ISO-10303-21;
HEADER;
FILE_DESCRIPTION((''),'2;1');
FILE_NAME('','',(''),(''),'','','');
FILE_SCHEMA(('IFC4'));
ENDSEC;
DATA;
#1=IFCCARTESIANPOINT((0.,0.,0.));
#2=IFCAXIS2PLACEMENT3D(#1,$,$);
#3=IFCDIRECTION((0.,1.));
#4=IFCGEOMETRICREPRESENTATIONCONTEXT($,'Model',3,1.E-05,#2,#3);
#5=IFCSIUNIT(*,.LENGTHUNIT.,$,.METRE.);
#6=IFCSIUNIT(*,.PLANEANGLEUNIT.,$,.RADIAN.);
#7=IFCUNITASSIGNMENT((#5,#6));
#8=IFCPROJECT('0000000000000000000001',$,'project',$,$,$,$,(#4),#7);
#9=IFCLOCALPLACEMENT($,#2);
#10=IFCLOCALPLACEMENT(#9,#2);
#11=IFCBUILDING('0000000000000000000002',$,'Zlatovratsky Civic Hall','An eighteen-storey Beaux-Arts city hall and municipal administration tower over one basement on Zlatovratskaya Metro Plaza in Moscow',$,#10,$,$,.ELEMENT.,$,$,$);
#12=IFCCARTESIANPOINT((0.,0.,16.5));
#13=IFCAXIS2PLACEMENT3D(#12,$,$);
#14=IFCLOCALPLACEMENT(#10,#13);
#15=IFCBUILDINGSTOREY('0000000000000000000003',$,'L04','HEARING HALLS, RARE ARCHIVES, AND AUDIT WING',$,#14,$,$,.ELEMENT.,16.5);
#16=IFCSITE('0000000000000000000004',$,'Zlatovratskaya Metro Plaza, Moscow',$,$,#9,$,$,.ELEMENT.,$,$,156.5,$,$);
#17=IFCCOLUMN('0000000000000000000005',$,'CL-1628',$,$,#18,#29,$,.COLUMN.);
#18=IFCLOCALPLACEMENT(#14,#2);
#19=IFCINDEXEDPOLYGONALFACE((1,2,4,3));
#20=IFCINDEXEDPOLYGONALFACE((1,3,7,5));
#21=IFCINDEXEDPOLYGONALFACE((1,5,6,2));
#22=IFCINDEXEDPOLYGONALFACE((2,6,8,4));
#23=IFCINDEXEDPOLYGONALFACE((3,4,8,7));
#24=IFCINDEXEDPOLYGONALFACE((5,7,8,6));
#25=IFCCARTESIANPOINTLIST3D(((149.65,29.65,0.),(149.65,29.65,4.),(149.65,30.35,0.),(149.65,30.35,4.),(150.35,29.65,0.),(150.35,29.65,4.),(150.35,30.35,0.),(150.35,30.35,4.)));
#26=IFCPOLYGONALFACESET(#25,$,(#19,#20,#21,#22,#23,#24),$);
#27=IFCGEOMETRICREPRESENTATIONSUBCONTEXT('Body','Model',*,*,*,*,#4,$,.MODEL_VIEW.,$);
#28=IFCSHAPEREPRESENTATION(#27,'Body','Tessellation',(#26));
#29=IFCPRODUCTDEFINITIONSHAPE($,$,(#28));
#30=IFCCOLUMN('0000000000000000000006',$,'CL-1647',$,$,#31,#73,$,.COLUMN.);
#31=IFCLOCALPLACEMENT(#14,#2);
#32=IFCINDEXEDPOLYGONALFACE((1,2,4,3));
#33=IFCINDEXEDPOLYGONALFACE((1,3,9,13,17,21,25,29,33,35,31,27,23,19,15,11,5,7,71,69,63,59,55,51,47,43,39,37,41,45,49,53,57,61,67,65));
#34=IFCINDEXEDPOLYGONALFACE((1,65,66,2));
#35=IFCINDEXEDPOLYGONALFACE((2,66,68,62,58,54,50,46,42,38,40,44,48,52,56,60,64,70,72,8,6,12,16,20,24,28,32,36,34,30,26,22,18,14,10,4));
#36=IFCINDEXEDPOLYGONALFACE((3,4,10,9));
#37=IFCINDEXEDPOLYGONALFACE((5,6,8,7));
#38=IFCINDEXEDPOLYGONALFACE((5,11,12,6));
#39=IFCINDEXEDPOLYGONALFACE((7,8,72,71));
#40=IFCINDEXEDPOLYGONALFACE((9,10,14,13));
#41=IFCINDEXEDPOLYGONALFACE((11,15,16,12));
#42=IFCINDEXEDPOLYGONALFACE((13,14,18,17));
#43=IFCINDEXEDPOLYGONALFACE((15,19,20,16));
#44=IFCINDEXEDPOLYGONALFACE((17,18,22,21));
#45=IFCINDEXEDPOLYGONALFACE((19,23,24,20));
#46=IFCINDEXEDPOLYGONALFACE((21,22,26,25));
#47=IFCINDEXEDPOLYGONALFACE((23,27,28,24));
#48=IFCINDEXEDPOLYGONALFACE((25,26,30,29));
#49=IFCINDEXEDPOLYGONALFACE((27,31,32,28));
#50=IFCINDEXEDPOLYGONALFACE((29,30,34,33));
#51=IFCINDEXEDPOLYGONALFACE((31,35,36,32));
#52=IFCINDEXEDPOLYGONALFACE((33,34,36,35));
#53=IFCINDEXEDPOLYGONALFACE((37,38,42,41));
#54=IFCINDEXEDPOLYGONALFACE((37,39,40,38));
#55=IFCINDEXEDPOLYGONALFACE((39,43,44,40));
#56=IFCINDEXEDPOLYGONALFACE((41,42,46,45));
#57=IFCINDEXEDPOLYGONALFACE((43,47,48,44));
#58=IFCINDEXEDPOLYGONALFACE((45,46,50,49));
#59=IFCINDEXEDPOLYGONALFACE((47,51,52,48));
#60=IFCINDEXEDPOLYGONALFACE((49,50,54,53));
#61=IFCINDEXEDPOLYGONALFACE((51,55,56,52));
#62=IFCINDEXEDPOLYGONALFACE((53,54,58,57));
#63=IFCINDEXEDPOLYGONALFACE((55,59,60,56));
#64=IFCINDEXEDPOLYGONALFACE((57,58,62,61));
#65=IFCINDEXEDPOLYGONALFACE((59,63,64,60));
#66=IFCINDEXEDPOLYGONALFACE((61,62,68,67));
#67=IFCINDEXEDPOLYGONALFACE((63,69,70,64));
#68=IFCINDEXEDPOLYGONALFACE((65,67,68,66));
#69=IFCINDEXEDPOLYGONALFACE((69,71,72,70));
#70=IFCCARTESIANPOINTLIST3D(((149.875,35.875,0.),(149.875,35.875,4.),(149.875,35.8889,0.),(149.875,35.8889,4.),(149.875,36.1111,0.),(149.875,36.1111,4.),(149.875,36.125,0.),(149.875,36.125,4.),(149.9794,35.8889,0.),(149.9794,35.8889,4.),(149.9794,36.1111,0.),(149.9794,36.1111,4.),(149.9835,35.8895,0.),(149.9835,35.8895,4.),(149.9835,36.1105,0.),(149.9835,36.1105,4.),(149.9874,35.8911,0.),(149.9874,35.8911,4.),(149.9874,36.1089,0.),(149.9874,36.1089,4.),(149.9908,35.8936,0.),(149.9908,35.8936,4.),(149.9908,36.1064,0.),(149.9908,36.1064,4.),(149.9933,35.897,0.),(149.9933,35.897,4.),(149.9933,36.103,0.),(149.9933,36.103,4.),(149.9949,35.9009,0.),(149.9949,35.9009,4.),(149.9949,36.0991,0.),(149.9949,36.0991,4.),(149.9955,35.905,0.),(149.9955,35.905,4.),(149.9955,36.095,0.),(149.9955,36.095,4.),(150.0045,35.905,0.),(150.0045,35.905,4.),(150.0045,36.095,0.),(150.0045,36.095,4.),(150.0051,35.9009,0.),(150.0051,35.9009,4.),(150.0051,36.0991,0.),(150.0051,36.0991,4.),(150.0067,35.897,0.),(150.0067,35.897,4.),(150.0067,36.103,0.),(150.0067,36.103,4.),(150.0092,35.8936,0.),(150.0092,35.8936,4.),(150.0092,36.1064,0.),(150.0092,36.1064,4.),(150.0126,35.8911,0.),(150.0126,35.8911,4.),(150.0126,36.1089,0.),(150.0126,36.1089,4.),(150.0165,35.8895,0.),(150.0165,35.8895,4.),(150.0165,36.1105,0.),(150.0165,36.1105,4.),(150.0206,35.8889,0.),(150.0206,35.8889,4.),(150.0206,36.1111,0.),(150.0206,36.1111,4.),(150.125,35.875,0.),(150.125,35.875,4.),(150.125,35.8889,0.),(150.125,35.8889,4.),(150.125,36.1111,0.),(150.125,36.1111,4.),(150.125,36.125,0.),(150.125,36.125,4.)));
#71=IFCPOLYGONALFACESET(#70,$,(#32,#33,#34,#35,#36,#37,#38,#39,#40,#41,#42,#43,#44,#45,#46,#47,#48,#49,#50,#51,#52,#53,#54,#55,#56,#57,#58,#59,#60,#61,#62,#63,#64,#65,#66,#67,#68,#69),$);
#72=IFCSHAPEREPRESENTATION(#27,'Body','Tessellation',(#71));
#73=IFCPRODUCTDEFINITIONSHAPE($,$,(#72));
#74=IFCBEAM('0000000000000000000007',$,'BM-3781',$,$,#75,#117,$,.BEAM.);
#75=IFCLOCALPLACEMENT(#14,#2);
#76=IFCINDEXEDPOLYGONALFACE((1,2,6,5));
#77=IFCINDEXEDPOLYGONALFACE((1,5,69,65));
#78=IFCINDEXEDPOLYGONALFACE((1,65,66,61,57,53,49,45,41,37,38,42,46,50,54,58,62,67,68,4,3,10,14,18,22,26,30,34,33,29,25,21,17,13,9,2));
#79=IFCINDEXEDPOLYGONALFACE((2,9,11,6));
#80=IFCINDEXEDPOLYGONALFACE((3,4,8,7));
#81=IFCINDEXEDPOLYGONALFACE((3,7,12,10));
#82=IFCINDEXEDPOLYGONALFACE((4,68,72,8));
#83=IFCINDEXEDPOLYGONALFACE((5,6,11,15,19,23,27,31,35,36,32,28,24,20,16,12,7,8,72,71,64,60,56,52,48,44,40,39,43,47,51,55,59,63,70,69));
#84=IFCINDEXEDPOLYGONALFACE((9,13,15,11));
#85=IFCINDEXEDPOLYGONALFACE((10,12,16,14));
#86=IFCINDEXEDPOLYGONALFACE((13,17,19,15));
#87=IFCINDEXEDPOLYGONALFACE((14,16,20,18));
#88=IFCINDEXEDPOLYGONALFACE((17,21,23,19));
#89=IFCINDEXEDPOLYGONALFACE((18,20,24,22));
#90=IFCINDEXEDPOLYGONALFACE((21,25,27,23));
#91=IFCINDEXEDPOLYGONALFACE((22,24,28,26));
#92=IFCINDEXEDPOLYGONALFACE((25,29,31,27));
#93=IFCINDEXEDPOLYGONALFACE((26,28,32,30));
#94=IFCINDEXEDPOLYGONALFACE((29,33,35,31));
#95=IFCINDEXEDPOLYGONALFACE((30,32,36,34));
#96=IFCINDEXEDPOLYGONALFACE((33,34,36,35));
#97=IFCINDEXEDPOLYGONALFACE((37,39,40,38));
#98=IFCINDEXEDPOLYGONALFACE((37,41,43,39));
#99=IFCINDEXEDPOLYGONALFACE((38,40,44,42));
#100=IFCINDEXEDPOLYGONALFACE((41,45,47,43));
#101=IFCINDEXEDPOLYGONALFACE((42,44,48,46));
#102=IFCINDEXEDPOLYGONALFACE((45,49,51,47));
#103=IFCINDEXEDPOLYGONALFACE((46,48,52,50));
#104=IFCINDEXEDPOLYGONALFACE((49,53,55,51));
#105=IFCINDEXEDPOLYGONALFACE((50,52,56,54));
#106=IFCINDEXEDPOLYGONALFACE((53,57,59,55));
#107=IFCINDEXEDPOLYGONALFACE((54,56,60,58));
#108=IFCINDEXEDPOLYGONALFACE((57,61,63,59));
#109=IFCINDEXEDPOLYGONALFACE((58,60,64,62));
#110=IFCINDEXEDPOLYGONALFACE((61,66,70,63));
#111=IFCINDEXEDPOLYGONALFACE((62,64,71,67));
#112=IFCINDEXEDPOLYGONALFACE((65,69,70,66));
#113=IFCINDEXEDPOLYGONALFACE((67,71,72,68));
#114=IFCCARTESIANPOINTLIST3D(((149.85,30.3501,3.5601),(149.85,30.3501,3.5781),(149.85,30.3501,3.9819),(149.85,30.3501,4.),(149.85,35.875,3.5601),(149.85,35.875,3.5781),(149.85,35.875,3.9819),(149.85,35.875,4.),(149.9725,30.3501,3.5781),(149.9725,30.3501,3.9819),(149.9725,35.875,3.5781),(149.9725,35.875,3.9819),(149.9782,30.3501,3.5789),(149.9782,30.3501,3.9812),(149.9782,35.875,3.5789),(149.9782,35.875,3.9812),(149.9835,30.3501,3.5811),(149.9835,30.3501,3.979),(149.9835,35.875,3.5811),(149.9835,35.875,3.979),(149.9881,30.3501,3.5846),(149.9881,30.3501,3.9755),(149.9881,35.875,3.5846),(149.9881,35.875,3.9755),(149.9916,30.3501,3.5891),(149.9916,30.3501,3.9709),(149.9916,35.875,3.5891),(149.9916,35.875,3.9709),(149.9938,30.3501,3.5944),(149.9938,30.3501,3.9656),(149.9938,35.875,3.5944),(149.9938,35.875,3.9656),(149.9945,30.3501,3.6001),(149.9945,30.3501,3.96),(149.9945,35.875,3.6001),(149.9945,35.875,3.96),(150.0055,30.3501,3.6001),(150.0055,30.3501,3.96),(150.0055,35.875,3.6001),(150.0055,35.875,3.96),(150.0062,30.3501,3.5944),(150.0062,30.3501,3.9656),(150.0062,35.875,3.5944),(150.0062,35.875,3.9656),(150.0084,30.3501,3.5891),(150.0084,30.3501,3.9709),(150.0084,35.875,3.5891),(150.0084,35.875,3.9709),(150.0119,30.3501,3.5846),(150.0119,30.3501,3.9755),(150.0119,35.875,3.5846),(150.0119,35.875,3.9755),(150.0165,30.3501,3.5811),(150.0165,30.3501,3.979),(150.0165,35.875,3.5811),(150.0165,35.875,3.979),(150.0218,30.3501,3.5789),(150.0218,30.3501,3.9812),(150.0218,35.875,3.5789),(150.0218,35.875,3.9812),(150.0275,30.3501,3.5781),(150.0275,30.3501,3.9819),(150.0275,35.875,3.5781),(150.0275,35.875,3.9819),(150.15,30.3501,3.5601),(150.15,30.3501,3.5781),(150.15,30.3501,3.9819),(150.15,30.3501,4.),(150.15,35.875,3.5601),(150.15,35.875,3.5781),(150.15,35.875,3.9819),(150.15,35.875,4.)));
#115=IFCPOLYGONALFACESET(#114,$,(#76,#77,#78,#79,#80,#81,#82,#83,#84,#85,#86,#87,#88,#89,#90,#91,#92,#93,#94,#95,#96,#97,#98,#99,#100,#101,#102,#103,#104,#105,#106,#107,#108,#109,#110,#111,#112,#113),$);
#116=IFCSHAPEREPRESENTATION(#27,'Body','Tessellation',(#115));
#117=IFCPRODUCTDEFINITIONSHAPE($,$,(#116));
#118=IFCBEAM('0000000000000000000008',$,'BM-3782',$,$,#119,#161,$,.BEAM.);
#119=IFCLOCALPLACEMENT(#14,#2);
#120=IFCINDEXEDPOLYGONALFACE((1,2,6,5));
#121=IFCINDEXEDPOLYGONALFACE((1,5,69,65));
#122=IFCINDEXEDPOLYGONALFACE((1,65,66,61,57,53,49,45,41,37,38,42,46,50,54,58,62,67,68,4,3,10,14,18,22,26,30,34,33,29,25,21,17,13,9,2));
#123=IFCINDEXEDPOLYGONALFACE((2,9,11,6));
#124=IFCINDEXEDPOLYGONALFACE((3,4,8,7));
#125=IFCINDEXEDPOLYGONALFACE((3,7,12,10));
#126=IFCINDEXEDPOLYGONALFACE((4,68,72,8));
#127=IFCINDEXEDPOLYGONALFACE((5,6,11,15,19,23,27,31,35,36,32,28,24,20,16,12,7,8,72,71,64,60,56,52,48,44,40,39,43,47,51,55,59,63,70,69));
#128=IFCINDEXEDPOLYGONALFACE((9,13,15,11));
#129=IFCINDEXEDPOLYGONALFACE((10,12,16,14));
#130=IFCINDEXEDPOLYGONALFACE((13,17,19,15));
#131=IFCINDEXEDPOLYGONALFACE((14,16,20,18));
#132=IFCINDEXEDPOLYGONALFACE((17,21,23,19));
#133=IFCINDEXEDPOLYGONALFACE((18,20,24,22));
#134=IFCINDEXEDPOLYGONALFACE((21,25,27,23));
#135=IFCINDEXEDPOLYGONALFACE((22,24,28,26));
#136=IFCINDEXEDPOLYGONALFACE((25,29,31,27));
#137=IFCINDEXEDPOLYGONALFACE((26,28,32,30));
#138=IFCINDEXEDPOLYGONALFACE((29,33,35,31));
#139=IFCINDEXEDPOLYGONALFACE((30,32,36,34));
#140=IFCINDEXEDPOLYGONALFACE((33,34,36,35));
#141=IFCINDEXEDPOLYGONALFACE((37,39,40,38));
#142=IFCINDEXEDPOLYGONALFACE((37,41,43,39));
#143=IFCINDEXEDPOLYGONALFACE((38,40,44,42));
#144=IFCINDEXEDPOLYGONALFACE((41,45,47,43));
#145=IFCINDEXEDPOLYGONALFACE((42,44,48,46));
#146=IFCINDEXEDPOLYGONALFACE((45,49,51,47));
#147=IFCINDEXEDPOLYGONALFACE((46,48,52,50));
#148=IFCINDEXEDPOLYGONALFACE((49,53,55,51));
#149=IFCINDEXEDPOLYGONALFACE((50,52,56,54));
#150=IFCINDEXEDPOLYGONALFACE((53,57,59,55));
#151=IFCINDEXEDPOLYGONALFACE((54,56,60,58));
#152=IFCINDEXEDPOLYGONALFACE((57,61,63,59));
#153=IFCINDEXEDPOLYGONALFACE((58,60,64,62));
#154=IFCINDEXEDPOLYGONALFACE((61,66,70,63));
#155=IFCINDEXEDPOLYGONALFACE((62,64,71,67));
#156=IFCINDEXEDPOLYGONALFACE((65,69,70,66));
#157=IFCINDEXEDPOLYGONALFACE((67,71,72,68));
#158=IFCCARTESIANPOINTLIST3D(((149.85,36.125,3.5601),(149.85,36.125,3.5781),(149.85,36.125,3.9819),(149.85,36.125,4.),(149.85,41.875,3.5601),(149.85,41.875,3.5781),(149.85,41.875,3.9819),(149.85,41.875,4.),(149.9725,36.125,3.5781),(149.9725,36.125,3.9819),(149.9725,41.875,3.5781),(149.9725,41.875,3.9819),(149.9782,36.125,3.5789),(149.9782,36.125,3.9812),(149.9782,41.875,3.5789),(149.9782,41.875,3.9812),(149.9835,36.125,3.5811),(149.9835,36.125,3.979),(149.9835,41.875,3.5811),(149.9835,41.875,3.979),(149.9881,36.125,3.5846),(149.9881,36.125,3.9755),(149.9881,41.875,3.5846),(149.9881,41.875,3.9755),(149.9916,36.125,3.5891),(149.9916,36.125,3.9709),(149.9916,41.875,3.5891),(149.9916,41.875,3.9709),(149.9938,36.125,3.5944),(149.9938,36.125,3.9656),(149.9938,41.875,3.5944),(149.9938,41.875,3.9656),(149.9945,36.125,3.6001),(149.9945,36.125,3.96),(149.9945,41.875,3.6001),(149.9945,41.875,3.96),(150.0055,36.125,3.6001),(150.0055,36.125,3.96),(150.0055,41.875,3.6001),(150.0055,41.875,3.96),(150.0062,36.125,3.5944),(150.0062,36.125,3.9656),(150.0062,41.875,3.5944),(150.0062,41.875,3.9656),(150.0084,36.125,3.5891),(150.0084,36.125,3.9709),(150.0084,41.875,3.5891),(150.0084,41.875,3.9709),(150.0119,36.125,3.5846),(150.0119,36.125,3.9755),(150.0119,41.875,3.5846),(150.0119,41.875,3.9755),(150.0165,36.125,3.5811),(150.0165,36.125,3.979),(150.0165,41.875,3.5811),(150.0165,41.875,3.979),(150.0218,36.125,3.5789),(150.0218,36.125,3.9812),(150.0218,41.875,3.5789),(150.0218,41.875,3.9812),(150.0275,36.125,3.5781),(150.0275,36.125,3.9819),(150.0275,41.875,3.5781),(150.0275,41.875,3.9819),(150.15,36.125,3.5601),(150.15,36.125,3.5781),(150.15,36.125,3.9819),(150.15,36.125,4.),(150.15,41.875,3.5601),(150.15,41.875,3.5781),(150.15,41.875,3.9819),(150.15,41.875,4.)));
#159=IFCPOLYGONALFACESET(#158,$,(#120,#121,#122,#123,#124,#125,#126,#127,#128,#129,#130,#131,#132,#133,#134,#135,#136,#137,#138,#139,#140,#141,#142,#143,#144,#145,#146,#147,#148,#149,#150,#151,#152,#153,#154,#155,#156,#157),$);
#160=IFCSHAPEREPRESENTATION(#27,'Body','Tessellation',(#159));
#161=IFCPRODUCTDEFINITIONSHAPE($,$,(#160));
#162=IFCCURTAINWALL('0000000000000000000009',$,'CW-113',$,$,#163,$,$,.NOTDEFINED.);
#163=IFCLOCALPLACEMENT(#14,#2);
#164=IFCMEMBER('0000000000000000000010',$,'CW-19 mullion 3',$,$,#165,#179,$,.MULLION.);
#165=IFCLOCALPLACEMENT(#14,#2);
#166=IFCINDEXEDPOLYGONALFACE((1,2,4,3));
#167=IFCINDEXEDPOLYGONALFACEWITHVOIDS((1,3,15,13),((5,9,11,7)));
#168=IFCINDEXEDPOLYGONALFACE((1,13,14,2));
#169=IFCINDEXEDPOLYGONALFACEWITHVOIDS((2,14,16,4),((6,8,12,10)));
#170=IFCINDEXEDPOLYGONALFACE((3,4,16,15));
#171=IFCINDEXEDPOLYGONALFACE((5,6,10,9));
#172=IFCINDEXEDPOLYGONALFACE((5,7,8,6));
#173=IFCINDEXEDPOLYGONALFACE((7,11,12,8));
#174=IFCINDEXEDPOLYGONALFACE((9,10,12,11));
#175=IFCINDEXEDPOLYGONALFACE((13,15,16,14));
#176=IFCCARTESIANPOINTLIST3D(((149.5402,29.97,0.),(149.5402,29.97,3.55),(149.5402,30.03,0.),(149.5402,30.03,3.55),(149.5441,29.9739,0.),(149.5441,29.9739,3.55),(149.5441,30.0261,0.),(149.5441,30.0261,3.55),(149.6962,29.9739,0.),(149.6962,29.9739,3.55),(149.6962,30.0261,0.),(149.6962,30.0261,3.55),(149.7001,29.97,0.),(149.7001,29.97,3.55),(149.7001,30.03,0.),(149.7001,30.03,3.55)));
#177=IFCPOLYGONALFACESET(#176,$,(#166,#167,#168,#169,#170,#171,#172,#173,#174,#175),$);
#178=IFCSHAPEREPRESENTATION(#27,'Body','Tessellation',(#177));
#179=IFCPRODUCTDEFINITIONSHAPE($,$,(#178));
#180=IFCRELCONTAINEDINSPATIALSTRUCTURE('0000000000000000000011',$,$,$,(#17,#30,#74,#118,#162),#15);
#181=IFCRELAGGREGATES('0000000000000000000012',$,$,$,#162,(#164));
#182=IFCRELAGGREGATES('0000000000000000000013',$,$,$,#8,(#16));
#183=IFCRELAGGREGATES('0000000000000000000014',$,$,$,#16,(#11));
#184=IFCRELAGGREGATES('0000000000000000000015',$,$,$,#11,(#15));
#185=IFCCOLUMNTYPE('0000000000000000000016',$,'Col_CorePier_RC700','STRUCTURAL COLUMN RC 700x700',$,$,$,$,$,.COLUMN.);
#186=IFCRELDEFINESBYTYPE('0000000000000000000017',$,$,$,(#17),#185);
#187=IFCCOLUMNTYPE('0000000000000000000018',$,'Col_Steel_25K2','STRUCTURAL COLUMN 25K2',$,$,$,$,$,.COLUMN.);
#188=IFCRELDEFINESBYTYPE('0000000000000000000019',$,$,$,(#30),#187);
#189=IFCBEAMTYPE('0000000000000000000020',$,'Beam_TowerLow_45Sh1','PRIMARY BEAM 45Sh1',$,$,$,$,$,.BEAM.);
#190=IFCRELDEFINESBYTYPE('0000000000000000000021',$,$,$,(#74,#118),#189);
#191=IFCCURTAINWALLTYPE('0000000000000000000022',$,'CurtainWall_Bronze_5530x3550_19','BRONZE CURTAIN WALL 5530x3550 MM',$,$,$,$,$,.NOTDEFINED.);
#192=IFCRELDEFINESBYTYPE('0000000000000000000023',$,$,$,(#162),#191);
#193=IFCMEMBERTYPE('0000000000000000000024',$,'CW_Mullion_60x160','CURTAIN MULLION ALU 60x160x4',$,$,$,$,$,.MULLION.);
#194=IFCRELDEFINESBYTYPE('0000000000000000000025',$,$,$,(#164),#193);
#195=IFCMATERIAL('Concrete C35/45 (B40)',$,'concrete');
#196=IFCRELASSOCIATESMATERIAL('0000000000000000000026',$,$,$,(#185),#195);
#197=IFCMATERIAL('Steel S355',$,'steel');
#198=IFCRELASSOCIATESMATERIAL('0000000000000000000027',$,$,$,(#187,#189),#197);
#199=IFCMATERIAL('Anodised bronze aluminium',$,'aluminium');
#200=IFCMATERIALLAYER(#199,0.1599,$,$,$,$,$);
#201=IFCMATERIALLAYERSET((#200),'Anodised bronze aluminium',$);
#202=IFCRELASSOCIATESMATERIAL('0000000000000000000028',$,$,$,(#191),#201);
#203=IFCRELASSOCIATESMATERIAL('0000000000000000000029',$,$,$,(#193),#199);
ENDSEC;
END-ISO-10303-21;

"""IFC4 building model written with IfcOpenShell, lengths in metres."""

from ifc_helpers import new_model, si_unit, direction, frame, origin, origin_2d, place, context, subcontext, project, spatial, rectangle, hollow_rectangle, i_section, extrude, material, layer, layer_set, material_profile, profile_set, type_object, element, aggregate, save


model = new_model("IFC4")

# Units and contexts
model_context = context("Model", 3, precision=1e-05, world=origin(), true_north=direction((0.0, 1.0)))
body_context = subcontext(model_context, "Body", "Model", "MODEL_VIEW")
ifc_project = project(units=[si_unit("LENGTHUNIT", "METRE"), si_unit("PLANEANGLEUNIT", "RADIAN")], contexts=[model_context])

# Site, building, storey
site_placement = place(None, origin())
site = spatial("IfcSite", under=ifc_project, at=site_placement, Name="Zlatovratskaya Metro Plaza, Moscow", CompositionType="ELEMENT", RefElevation=156.5)
building_placement = place(site_placement, origin())
building = spatial("IfcBuilding", under=site, at=building_placement, Name="Zlatovratsky Civic Hall", Description="An eighteen-storey Beaux-Arts city hall and municipal administration tower over one basement on Zlatovratskaya Metro Plaza in Moscow", CompositionType="ELEMENT")
storey_placement = place(building_placement, frame((0.0, 0.0, 16.5)))
storey = spatial("IfcBuildingStorey", under=building, at=storey_placement, Name="L04", Description="HEARING HALLS, RARE ARCHIVES, AND AUDIT WING", CompositionType="ELEMENT", Elevation=16.5)

# Columns
ifc_material_1 = material(Name="Concrete C35/45 (B40)", Category="concrete")
ifc_material_profile_1 = material_profile(ifc_material_1, rectangle(XDim=0.7, YDim=0.7, at=origin_2d()), Name="RC 700x700")
ifc_profile_set_1 = profile_set([ifc_material_profile_1], Name="Concrete C35/45 (B40)")
column_type_1 = type_object("IfcColumnType", Name="Col_CorePier_RC700", Description="STRUCTURAL COLUMN RC 700x700", PredefinedType="COLUMN", material=ifc_profile_set_1)
column_1_placement = place(storey_placement, frame((150.0, 30.0, 0.0), z_axis=(0.0, 0.0, 1.0), x_axis=(1.0, 0.0, 0.0)))
element("IfcColumn", 1, at=column_1_placement, inside=storey, type_object=column_type_1, Name="CL-1628", PredefinedType="COLUMN", context=body_context, shape_type="SweptSolid", body=[
    extrude(rectangle(XDim=0.7, YDim=0.7, at=origin_2d()), origin(), (0.0, 0.0, 1.0), 4.0),
])
ifc_material_2 = material(Name="Steel S355", Category="steel")
ifc_material_profile_2 = material_profile(ifc_material_2, i_section(OverallWidth=0.25, OverallDepth=0.25, WebThickness=0.009, FlangeThickness=0.0139, FilletRadius=0.0161, at=origin_2d()), Name="25K2")
ifc_profile_set_2 = profile_set([ifc_material_profile_2], Name="Steel S355")
column_type_2 = type_object("IfcColumnType", Name="Col_Steel_25K2", Description="STRUCTURAL COLUMN 25K2", PredefinedType="COLUMN", material=ifc_profile_set_2)
column_2_placement = place(storey_placement, frame((150.0, 36.0, 0.0), z_axis=(0.0, 0.0, 1.0), x_axis=(1.0, 0.0, 0.0)))
element("IfcColumn", 2, at=column_2_placement, inside=storey, type_object=column_type_2, Name="CL-1647", PredefinedType="COLUMN", context=body_context, shape_type="SweptSolid", body=[
    extrude(i_section(OverallWidth=0.25, OverallDepth=0.25, WebThickness=0.009, FlangeThickness=0.0139, FilletRadius=0.0161, at=origin_2d()), origin(), (0.0, 0.0, 1.0), 4.0),
])

# Beams
ifc_material_profile_3 = material_profile(ifc_material_2, i_section(OverallWidth=0.3, OverallDepth=0.4399, WebThickness=0.011, FlangeThickness=0.0181, FilletRadius=0.022, at=origin_2d()), Name="45Sh1")
ifc_profile_set_3 = profile_set([ifc_material_profile_3], Name="Steel S355")
beam_type = type_object("IfcBeamType", Name="Beam_TowerLow_45Sh1", Description="PRIMARY BEAM 45Sh1", PredefinedType="BEAM", material=ifc_profile_set_3)
beam_1_placement = place(storey_placement, frame((150.0, 30.3501, 3.78), z_axis=(0.0, 1.0, 0.0), x_axis=(-1.0, 0.0, 0.0)))
element("IfcBeam", 3, at=beam_1_placement, inside=storey, type_object=beam_type, Name="BM-3781", PredefinedType="BEAM", context=body_context, shape_type="SweptSolid", body=[
    extrude(i_section(OverallWidth=0.3, OverallDepth=0.4399, WebThickness=0.011, FlangeThickness=0.0181, FilletRadius=0.022, at=origin_2d()), origin(), (0.0, 0.0, 1.0), 5.5249),
])
beam_2_placement = place(storey_placement, frame((150.0, 36.125, 3.78), z_axis=(0.0, 1.0, 0.0), x_axis=(-1.0, 0.0, 0.0)))
element("IfcBeam", 4, at=beam_2_placement, inside=storey, type_object=beam_type, Name="BM-3782", PredefinedType="BEAM", context=body_context, shape_type="SweptSolid", body=[
    extrude(i_section(OverallWidth=0.3, OverallDepth=0.4399, WebThickness=0.011, FlangeThickness=0.0181, FilletRadius=0.022, at=origin_2d()), origin(), (0.0, 0.0, 1.0), 5.75),
])

# Curtain wall, member
ifc_material_3 = material(Name="Anodised bronze aluminium", Category="aluminium")
ifc_layer_1 = layer(ifc_material_3, 0.1599)
ifc_layer_set_1 = layer_set([ifc_layer_1], Name="Anodised bronze aluminium")
curtain_wall_type_1 = type_object("IfcCurtainWallType", Name="CurtainWall_Bronze_5530x3550_19", Description="BRONZE CURTAIN WALL 5530x3550 MM", PredefinedType="NOTDEFINED", material=ifc_layer_set_1)
curtain_wall_1_placement = place(storey_placement, origin())
curtain_wall_1 = element("IfcCurtainWall", 5, at=curtain_wall_1_placement, inside=storey, type_object=curtain_wall_type_1, Name="CW-113", PredefinedType="NOTDEFINED")
ifc_material_profile_4 = material_profile(ifc_material_3, hollow_rectangle(XDim=0.0601, YDim=0.1599, WallThickness=0.0039, at=origin_2d()), Name="ALU 60x160x4")
ifc_profile_set_4 = profile_set([ifc_material_profile_4], Name="Anodised bronze aluminium")
member_type_1 = type_object("IfcMemberType", Name="CW_Mullion_60x160", Description="CURTAIN MULLION ALU 60x160x4", PredefinedType="MULLION", material=ifc_profile_set_4)
member_1_placement = place(storey_placement, frame((149.6201, 30.0, 0.0), z_axis=(0.0, 0.0, 1.0), x_axis=(0.0, 1.0, 0.0)))
member_1 = element("IfcMember", 6, at=member_1_placement, type_object=member_type_1, Name="CW-19 mullion 3", PredefinedType="MULLION", context=body_context, shape_type="SweptSolid", body=[
    extrude(hollow_rectangle(XDim=0.0601, YDim=0.1599, WallThickness=0.0039, at=origin_2d()), origin(), (0.0, 0.0, 1.0), 3.55),
])

aggregate(curtain_wall_1, [member_1])

save(model, "model.ifc")
